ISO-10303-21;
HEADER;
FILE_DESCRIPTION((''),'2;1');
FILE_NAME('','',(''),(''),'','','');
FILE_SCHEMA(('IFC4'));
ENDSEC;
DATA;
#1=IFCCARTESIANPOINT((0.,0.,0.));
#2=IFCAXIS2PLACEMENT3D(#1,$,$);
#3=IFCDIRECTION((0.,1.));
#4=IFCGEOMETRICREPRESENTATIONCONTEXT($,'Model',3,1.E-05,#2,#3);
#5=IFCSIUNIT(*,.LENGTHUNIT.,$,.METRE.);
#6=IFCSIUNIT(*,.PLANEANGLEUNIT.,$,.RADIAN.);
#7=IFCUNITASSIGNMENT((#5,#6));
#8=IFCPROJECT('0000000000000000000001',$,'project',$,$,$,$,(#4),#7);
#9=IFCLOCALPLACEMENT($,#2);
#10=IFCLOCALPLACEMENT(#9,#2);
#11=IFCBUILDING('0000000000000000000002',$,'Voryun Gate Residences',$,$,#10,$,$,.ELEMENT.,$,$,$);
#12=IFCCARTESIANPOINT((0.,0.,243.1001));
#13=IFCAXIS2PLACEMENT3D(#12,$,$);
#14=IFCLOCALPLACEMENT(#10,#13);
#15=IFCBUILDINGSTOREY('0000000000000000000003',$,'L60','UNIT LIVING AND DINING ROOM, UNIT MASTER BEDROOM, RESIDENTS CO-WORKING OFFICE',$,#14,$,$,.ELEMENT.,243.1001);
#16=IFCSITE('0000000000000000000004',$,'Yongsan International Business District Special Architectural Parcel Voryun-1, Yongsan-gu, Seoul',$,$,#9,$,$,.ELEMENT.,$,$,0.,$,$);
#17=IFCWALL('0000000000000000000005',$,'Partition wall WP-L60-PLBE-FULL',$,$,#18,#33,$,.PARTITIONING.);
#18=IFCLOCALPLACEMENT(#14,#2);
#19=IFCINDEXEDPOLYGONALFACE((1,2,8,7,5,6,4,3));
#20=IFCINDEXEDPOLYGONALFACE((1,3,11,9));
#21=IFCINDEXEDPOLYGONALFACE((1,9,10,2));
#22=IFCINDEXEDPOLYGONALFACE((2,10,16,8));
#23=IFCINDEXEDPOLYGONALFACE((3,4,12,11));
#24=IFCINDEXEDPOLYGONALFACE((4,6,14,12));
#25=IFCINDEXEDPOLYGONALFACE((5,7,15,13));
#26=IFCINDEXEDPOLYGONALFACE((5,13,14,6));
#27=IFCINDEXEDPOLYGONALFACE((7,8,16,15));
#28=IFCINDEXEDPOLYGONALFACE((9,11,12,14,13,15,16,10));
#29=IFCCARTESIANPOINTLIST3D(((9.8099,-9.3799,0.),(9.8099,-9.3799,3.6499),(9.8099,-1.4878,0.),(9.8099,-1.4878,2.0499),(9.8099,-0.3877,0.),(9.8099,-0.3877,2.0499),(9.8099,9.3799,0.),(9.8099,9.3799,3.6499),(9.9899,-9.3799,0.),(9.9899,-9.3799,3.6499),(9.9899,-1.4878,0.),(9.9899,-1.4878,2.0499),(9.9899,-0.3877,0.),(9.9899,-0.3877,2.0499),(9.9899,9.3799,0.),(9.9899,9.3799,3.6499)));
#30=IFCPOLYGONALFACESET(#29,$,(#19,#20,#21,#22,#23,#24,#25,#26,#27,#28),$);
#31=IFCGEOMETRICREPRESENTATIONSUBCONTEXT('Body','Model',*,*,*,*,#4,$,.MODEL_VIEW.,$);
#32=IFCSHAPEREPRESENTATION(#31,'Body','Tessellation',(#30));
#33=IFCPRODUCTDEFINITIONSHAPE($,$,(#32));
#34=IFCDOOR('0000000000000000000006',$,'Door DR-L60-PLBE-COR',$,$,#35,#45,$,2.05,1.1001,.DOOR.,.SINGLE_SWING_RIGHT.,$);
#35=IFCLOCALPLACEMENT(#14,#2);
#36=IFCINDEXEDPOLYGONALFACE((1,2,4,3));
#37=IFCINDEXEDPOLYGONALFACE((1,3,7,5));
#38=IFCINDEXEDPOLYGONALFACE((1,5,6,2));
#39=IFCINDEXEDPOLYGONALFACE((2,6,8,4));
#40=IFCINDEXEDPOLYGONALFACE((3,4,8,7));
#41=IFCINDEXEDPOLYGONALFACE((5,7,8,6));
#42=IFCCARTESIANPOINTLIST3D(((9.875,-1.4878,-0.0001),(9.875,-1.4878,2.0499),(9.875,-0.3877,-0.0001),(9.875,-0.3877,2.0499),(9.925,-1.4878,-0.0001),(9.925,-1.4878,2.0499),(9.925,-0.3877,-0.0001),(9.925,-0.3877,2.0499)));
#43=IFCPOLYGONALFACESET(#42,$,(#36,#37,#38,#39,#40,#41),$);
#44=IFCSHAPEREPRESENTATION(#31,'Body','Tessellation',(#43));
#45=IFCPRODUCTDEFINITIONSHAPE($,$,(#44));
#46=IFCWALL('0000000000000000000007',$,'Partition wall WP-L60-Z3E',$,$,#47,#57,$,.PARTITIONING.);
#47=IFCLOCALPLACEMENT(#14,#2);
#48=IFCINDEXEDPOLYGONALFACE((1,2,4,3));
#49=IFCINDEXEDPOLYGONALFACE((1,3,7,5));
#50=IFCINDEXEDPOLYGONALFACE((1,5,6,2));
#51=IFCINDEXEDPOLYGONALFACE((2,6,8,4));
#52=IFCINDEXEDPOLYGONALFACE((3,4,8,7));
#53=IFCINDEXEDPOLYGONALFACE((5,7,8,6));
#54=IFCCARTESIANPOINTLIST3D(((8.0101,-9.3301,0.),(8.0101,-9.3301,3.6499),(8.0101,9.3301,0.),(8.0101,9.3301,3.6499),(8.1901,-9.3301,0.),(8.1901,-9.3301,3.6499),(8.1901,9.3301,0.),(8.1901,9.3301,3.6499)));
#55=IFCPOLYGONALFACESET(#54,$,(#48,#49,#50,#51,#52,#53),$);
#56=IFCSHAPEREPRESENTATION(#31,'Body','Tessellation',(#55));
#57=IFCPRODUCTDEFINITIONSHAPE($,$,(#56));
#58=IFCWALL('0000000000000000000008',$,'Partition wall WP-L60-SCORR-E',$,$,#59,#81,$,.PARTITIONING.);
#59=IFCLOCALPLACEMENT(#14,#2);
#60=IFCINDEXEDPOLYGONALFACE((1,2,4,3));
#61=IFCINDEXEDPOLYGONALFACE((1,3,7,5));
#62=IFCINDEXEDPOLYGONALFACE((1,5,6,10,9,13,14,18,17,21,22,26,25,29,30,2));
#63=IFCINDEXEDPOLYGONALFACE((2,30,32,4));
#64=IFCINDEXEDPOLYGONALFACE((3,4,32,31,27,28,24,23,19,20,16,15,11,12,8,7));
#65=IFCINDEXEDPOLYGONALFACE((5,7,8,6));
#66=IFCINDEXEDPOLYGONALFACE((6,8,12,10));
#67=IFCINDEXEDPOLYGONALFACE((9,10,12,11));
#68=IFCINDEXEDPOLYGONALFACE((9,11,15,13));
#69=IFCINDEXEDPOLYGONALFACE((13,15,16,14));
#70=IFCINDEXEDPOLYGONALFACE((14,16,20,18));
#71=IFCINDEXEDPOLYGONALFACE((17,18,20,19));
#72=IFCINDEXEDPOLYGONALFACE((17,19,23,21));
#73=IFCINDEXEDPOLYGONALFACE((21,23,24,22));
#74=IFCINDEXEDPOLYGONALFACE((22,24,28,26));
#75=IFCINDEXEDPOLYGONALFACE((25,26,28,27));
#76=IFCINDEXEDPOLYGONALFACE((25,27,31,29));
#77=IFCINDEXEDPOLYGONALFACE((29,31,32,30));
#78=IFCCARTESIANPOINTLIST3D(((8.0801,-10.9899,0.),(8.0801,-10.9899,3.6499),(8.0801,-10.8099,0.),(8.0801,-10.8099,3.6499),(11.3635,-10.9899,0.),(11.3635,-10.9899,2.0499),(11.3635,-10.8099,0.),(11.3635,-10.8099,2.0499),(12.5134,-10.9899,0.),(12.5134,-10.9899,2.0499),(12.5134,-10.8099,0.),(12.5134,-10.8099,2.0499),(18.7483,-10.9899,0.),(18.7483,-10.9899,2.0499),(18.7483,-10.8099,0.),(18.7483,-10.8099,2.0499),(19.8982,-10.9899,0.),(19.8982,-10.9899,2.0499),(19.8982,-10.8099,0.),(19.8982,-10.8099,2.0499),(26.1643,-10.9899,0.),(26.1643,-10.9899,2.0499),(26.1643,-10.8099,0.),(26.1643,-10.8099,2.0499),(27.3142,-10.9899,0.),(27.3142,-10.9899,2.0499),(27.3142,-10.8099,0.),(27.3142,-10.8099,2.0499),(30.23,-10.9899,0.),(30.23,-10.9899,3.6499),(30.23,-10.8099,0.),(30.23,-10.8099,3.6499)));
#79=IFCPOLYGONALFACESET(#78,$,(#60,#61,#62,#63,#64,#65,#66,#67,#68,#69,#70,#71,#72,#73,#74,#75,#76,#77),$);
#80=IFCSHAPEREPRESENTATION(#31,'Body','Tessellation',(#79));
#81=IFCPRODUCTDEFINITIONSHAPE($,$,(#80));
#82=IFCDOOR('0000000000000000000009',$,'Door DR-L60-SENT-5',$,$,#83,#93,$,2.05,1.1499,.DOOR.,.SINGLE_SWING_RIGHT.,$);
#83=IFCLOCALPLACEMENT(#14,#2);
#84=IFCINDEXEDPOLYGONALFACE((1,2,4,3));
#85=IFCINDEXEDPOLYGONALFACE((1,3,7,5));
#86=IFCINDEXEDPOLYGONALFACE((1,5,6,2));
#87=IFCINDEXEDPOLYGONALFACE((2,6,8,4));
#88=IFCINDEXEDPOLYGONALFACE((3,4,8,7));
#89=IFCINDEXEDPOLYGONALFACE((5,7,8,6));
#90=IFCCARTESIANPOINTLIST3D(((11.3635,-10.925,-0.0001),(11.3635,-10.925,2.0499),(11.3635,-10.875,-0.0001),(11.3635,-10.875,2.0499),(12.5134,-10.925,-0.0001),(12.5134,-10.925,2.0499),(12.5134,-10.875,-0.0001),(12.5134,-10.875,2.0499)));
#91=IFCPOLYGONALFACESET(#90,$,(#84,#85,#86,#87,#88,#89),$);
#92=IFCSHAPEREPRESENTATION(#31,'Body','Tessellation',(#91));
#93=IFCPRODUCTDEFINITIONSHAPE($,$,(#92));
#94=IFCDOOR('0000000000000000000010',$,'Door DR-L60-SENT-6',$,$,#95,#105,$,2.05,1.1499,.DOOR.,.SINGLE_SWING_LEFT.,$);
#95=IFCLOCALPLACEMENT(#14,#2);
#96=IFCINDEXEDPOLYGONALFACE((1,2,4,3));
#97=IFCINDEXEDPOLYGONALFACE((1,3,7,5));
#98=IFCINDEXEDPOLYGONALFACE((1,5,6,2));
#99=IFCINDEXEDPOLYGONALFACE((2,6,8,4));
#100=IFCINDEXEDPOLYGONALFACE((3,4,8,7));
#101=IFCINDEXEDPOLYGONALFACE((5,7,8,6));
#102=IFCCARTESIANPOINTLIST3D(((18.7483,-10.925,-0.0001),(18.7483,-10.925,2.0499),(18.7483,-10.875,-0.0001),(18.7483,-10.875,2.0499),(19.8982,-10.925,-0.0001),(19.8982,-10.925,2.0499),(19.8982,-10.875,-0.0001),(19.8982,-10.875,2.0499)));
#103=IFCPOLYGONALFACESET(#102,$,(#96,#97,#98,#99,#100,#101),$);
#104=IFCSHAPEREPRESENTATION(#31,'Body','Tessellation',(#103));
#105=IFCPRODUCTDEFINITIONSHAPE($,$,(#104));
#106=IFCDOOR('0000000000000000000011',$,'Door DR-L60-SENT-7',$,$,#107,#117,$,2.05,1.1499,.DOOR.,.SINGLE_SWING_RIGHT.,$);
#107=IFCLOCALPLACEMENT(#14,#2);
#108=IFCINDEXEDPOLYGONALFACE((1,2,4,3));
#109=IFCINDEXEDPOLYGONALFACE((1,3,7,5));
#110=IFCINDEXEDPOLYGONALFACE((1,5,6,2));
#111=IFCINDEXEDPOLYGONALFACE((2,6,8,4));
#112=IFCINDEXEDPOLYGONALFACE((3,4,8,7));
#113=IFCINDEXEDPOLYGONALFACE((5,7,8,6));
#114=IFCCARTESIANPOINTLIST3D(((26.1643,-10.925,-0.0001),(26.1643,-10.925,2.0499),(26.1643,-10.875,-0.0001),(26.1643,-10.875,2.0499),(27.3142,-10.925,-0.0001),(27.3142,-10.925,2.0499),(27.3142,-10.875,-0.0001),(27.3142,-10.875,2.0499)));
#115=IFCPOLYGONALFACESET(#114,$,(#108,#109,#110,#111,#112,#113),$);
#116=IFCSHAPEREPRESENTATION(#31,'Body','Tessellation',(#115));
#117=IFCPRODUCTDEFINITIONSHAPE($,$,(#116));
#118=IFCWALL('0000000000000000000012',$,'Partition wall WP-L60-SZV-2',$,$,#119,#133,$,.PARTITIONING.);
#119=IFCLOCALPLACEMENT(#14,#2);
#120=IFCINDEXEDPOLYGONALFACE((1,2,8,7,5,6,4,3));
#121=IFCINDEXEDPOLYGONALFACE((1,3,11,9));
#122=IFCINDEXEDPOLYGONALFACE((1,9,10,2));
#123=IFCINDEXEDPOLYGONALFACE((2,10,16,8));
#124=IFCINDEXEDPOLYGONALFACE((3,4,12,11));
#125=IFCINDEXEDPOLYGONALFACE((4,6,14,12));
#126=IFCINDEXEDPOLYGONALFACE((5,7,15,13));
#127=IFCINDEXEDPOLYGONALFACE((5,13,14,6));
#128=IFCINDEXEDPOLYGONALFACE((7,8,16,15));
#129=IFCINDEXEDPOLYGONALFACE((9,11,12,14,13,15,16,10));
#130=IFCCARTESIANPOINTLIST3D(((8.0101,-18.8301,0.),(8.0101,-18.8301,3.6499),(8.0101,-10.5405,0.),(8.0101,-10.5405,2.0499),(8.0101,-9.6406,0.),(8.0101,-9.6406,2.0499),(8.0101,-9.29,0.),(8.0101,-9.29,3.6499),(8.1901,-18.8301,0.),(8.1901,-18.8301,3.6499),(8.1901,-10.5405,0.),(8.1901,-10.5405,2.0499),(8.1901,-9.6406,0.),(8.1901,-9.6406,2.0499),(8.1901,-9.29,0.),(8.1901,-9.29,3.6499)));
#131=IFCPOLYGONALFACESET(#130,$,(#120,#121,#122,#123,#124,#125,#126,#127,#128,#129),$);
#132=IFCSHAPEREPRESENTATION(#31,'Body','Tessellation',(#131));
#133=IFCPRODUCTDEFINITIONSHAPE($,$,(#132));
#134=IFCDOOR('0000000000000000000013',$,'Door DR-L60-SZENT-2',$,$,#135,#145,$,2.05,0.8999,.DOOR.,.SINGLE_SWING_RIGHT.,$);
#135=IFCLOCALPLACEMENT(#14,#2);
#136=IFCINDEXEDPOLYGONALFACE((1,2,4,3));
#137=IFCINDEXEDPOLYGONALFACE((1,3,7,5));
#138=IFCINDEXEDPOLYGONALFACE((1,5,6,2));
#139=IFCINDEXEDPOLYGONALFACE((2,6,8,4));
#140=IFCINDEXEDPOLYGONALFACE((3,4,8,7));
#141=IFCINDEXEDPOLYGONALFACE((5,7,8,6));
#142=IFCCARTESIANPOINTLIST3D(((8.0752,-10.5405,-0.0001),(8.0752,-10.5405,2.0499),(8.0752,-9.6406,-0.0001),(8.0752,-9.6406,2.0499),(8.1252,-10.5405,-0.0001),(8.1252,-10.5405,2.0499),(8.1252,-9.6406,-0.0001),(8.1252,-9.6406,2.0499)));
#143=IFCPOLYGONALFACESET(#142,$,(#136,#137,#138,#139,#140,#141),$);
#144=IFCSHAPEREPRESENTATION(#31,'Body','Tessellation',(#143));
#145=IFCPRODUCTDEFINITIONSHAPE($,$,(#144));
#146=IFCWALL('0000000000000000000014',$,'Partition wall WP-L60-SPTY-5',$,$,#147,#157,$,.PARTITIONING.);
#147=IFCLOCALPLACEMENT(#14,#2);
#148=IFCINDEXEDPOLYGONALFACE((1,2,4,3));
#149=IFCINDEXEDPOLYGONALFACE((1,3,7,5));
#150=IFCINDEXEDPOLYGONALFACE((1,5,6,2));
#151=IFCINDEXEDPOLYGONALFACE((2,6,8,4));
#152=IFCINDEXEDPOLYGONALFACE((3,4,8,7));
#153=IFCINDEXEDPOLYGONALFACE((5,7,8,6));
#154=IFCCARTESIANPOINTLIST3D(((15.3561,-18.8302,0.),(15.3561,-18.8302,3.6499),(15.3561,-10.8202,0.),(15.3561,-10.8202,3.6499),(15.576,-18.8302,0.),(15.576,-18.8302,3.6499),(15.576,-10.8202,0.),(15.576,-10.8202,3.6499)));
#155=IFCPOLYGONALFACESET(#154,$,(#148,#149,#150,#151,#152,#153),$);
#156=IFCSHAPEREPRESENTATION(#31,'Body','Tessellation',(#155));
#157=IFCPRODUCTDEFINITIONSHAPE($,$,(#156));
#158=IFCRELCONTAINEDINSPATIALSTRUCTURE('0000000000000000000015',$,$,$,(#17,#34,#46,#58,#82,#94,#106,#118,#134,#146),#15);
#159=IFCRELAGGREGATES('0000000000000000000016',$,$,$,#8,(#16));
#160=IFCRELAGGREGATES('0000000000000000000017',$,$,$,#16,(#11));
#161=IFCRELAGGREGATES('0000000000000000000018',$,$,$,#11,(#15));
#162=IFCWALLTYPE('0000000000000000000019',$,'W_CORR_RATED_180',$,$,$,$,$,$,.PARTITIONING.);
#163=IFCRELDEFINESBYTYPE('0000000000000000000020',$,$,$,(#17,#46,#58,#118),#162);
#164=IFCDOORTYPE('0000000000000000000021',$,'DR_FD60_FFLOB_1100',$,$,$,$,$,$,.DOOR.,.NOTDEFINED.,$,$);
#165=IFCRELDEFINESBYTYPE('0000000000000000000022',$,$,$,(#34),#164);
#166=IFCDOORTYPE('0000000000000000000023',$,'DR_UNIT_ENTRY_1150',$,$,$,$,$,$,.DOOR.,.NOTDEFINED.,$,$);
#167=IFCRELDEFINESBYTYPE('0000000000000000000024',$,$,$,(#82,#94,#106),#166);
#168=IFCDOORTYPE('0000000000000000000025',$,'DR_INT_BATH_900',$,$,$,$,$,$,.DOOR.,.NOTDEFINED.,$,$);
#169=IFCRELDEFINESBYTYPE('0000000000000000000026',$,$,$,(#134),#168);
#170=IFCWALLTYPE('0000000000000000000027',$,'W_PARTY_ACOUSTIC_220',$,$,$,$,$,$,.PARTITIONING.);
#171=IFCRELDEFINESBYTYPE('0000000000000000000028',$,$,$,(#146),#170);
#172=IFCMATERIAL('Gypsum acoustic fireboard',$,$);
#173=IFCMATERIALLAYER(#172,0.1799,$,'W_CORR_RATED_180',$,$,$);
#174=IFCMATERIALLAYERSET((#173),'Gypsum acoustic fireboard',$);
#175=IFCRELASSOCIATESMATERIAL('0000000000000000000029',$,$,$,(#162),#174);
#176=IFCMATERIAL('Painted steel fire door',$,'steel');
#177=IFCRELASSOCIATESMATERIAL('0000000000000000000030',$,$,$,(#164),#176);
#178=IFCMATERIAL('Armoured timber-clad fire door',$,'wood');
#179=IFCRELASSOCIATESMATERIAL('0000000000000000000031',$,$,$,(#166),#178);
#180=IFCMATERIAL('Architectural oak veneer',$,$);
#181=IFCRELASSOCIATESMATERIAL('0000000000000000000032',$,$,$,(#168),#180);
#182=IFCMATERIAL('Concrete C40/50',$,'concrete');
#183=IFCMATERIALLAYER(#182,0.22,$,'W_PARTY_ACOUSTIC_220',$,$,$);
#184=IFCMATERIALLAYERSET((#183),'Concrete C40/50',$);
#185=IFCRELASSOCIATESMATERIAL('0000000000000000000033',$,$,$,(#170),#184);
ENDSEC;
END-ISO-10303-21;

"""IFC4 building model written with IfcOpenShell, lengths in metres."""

from ifc_helpers import new_model, si_unit, direction, frame, frame_2d, origin, place, context, subcontext, project, spatial, rectangle, extrude, material, layer, layer_set, type_object, element, fill, save


model = new_model("IFC4")

# Units and contexts
model_context = context("Model", 3, precision=1e-05, world=origin(), true_north=direction((0.0, 1.0)))
body_context = subcontext(model_context, "Body", "Model", "MODEL_VIEW")
ifc_project = project(units=[si_unit("LENGTHUNIT", "METRE"), si_unit("PLANEANGLEUNIT", "RADIAN")], contexts=[model_context])

# Site, building, storey
site_placement = place(None, origin())
site = spatial("IfcSite", under=ifc_project, at=site_placement, Name="Yongsan International Business District Special Architectural Parcel Voryun-1, Yongsan-gu, Seoul", CompositionType="ELEMENT", RefElevation=0.0)
building_placement = place(site_placement, origin())
building = spatial("IfcBuilding", under=site, at=building_placement, Name="Voryun Gate Residences", CompositionType="ELEMENT")
storey_placement = place(building_placement, frame((0.0, 0.0, 243.1001)))
storey = spatial("IfcBuildingStorey", under=building, at=storey_placement, Name="L60", Description="UNIT LIVING AND DINING ROOM, UNIT MASTER BEDROOM, RESIDENTS CO-WORKING OFFICE", CompositionType="ELEMENT", Elevation=243.1001)

# Wall, opening, door
ifc_material_1 = material(Name="Gypsum acoustic fireboard")
ifc_layer_1 = layer(ifc_material_1, 0.1799, Name="W_CORR_RATED_180")
ifc_layer_set_1 = layer_set([ifc_layer_1], Name="Gypsum acoustic fireboard")
wall_type_1 = type_object("IfcWallType", Name="W_CORR_RATED_180", PredefinedType="PARTITIONING", material=ifc_layer_set_1)
wall_1_placement = place(storey_placement, frame((9.8999, -9.3799, 0.0), z_axis=(0.0, 0.0, 1.0), x_axis=(0.0, 1.0, 0.0)))
wall_1 = element("IfcWall", 1, at=wall_1_placement, inside=storey, type_object=wall_type_1, Name="Partition wall WP-L60-PLBE-FULL", PredefinedType="PARTITIONING", context=body_context, shape_type="SweptSolid", body=[
    extrude(rectangle(XDim=18.7598, YDim=0.1799, at=frame_2d((9.3799, 0.0))), origin(), (0.0, 0.0, 1.0), 3.6499),
])
opening_1_placement = place(wall_1_placement, frame((7.8921, 0.0, 0.0)))
opening_1 = element("IfcOpeningElement", 2, at=opening_1_placement, cuts=wall_1, PredefinedType="OPENING", context=body_context, shape_type="SweptSolid", body=[
    extrude(rectangle(XDim=1.1001, YDim=2.05, at=frame_2d((0.55, 1.0249))), frame((0.0, 0.0999, 0.0), z_axis=(0.0, -1.0, 0.0), x_axis=(1.0, 0.0, 0.0)), (0.0, 0.0, 1.0), 0.2),
])
ifc_material_2 = material(Name="Painted steel fire door", Category="steel")
door_type_1 = type_object("IfcDoorType", Name="DR_FD60_FFLOB_1100", OperationType="NOTDEFINED", PredefinedType="DOOR", material=ifc_material_2)
door_1_placement = place(opening_1_placement, origin())
door_1 = element("IfcDoor", 3, at=door_1_placement, inside=storey, type_object=door_type_1, Name="Door DR-L60-PLBE-COR", OperationType="SINGLE_SWING_RIGHT", OverallHeight=2.05, OverallWidth=1.1001, PredefinedType="DOOR", context=body_context, shape_type="SweptSolid", body=[
    extrude(rectangle(XDim=1.1001, YDim=2.05, at=frame_2d((0.55, 1.0249))), frame((0.0, 0.0249, 0.0), z_axis=(0.0, -1.0, 0.0), x_axis=(1.0, 0.0, 0.0)), (0.0, 0.0, 1.0), 0.05),
])
fill(opening_1, door_1)

# Wall
wall_2_placement = place(storey_placement, frame((8.1001, -9.3301, 0.0), z_axis=(0.0, 0.0, 1.0), x_axis=(0.0, 1.0, 0.0)))
element("IfcWall", 4, at=wall_2_placement, inside=storey, type_object=wall_type_1, Name="Partition wall WP-L60-Z3E", PredefinedType="PARTITIONING", context=body_context, shape_type="SweptSolid", body=[
    extrude(rectangle(XDim=18.6602, YDim=0.1799, at=frame_2d((9.3301, 0.0))), origin(), (0.0, 0.0, 1.0), 3.6499),
])

# Wall, openings, doors
wall_3_placement = place(storey_placement, frame((8.0801, -10.8999, 0.0), z_axis=(0.0, 0.0, 1.0), x_axis=(1.0, 0.0, 0.0)))
wall_3 = element("IfcWall", 5, at=wall_3_placement, inside=storey, type_object=wall_type_1, Name="Partition wall WP-L60-SCORR-E", PredefinedType="PARTITIONING", context=body_context, shape_type="SweptSolid", body=[
    extrude(rectangle(XDim=22.1499, YDim=0.1799, at=frame_2d((11.075, 0.0))), origin(), (0.0, 0.0, 1.0), 3.6499),
])
opening_2_placement = place(wall_3_placement, frame((3.2834, 0.0, 0.0)))
opening_2 = element("IfcOpeningElement", 6, at=opening_2_placement, cuts=wall_3, PredefinedType="OPENING", context=body_context, shape_type="SweptSolid", body=[
    extrude(rectangle(XDim=1.1499, YDim=2.05, at=frame_2d((0.575, 1.0249))), frame((0.0, 0.0999, 0.0), z_axis=(0.0, -1.0, 0.0), x_axis=(1.0, 0.0, 0.0)), (0.0, 0.0, 1.0), 0.2),
])
opening_3_placement = place(wall_3_placement, frame((10.6682, 0.0, 0.0)))
opening_3 = element("IfcOpeningElement", 7, at=opening_3_placement, cuts=wall_3, PredefinedType="OPENING", context=body_context, shape_type="SweptSolid", body=[
    extrude(rectangle(XDim=1.1499, YDim=2.05, at=frame_2d((0.575, 1.0249))), frame((0.0, 0.0999, 0.0), z_axis=(0.0, -1.0, 0.0), x_axis=(1.0, 0.0, 0.0)), (0.0, 0.0, 1.0), 0.2),
])
opening_4_placement = place(wall_3_placement, frame((18.0842, 0.0, 0.0)))
opening_4 = element("IfcOpeningElement", 8, at=opening_4_placement, cuts=wall_3, PredefinedType="OPENING", context=body_context, shape_type="SweptSolid", body=[
    extrude(rectangle(XDim=1.1499, YDim=2.05, at=frame_2d((0.575, 1.0249))), frame((0.0, 0.0999, 0.0), z_axis=(0.0, -1.0, 0.0), x_axis=(1.0, 0.0, 0.0)), (0.0, 0.0, 1.0), 0.2),
])
ifc_material_3 = material(Name="Armoured timber-clad fire door", Category="wood")
door_type_2 = type_object("IfcDoorType", Name="DR_UNIT_ENTRY_1150", OperationType="NOTDEFINED", PredefinedType="DOOR", material=ifc_material_3)
door_2_placement = place(opening_2_placement, origin())
door_2 = element("IfcDoor", 9, at=door_2_placement, inside=storey, type_object=door_type_2, Name="Door DR-L60-SENT-5", OperationType="SINGLE_SWING_RIGHT", OverallHeight=2.05, OverallWidth=1.1499, PredefinedType="DOOR", context=body_context, shape_type="SweptSolid", body=[
    extrude(rectangle(XDim=1.1499, YDim=2.05, at=frame_2d((0.575, 1.0249))), frame((0.0, 0.0249, 0.0), z_axis=(0.0, -1.0, 0.0), x_axis=(1.0, 0.0, 0.0)), (0.0, 0.0, 1.0), 0.05),
])
fill(opening_2, door_2)
door_3_placement = place(opening_3_placement, origin())
door_3 = element("IfcDoor", 10, at=door_3_placement, inside=storey, type_object=door_type_2, Name="Door DR-L60-SENT-6", OperationType="SINGLE_SWING_LEFT", OverallHeight=2.05, OverallWidth=1.1499, PredefinedType="DOOR", context=body_context, shape_type="SweptSolid", body=[
    extrude(rectangle(XDim=1.1499, YDim=2.05, at=frame_2d((0.575, 1.0249))), frame((0.0, 0.0249, 0.0), z_axis=(0.0, -1.0, 0.0), x_axis=(1.0, 0.0, 0.0)), (0.0, 0.0, 1.0), 0.05),
])
fill(opening_3, door_3)
door_4_placement = place(opening_4_placement, origin())
door_4 = element("IfcDoor", 11, at=door_4_placement, inside=storey, type_object=door_type_2, Name="Door DR-L60-SENT-7", OperationType="SINGLE_SWING_RIGHT", OverallHeight=2.05, OverallWidth=1.1499, PredefinedType="DOOR", context=body_context, shape_type="SweptSolid", body=[
    extrude(rectangle(XDim=1.1499, YDim=2.05, at=frame_2d((0.575, 1.0249))), frame((0.0, 0.0249, 0.0), z_axis=(0.0, -1.0, 0.0), x_axis=(1.0, 0.0, 0.0)), (0.0, 0.0, 1.0), 0.05),
])
fill(opening_4, door_4)

# Wall, opening, door
wall_4_placement = place(storey_placement, frame((8.1001, -18.8301, 0.0), z_axis=(0.0, 0.0, 1.0), x_axis=(0.0, 1.0, 0.0)))
wall_4 = element("IfcWall", 12, at=wall_4_placement, inside=storey, type_object=wall_type_1, Name="Partition wall WP-L60-SZV-2", PredefinedType="PARTITIONING", context=body_context, shape_type="SweptSolid", body=[
    extrude(rectangle(XDim=9.54, YDim=0.1799, at=frame_2d((4.77, 0.0))), origin(), (0.0, 0.0, 1.0), 3.6499),
])
opening_5_placement = place(wall_4_placement, frame((8.2896, 0.0, 0.0)))
opening_5 = element("IfcOpeningElement", 13, at=opening_5_placement, cuts=wall_4, PredefinedType="OPENING", context=body_context, shape_type="SweptSolid", body=[
    extrude(rectangle(XDim=0.8999, YDim=2.05, at=frame_2d((0.45, 1.0249))), frame((0.0, 0.0999, 0.0), z_axis=(0.0, -1.0, 0.0), x_axis=(1.0, 0.0, 0.0)), (0.0, 0.0, 1.0), 0.2),
])
ifc_material_4 = material(Name="Architectural oak veneer")
door_type_3 = type_object("IfcDoorType", Name="DR_INT_BATH_900", OperationType="NOTDEFINED", PredefinedType="DOOR", material=ifc_material_4)
door_5_placement = place(opening_5_placement, origin())
door_5 = element("IfcDoor", 14, at=door_5_placement, inside=storey, type_object=door_type_3, Name="Door DR-L60-SZENT-2", OperationType="SINGLE_SWING_RIGHT", OverallHeight=2.05, OverallWidth=0.8999, PredefinedType="DOOR", context=body_context, shape_type="SweptSolid", body=[
    extrude(rectangle(XDim=0.8999, YDim=2.05, at=frame_2d((0.45, 1.0249))), frame((0.0, 0.0249, 0.0), z_axis=(0.0, -1.0, 0.0), x_axis=(1.0, 0.0, 0.0)), (0.0, 0.0, 1.0), 0.05),
])
fill(opening_5, door_5)

# Wall
ifc_material_5 = material(Name="Concrete C40/50", Category="concrete")
ifc_layer_2 = layer(ifc_material_5, 0.22, Name="W_PARTY_ACOUSTIC_220")
ifc_layer_set_2 = layer_set([ifc_layer_2], Name="Concrete C40/50")
wall_type_2 = type_object("IfcWallType", Name="W_PARTY_ACOUSTIC_220", PredefinedType="PARTITIONING", material=ifc_layer_set_2)
wall_5_placement = place(storey_placement, frame((15.4661, -18.8301, 0.0), z_axis=(0.0, 0.0, 1.0), x_axis=(0.0, 1.0, 0.0)))
element("IfcWall", 15, at=wall_5_placement, inside=storey, type_object=wall_type_2, Name="Partition wall WP-L60-SPTY-5", PredefinedType="PARTITIONING", context=body_context, shape_type="SweptSolid", body=[
    extrude(rectangle(XDim=8.01, YDim=0.22, at=frame_2d((4.0049, 0.0))), origin(), (0.0, 0.0, 1.0), 3.6499),
])

save(model, "model.ifc")
